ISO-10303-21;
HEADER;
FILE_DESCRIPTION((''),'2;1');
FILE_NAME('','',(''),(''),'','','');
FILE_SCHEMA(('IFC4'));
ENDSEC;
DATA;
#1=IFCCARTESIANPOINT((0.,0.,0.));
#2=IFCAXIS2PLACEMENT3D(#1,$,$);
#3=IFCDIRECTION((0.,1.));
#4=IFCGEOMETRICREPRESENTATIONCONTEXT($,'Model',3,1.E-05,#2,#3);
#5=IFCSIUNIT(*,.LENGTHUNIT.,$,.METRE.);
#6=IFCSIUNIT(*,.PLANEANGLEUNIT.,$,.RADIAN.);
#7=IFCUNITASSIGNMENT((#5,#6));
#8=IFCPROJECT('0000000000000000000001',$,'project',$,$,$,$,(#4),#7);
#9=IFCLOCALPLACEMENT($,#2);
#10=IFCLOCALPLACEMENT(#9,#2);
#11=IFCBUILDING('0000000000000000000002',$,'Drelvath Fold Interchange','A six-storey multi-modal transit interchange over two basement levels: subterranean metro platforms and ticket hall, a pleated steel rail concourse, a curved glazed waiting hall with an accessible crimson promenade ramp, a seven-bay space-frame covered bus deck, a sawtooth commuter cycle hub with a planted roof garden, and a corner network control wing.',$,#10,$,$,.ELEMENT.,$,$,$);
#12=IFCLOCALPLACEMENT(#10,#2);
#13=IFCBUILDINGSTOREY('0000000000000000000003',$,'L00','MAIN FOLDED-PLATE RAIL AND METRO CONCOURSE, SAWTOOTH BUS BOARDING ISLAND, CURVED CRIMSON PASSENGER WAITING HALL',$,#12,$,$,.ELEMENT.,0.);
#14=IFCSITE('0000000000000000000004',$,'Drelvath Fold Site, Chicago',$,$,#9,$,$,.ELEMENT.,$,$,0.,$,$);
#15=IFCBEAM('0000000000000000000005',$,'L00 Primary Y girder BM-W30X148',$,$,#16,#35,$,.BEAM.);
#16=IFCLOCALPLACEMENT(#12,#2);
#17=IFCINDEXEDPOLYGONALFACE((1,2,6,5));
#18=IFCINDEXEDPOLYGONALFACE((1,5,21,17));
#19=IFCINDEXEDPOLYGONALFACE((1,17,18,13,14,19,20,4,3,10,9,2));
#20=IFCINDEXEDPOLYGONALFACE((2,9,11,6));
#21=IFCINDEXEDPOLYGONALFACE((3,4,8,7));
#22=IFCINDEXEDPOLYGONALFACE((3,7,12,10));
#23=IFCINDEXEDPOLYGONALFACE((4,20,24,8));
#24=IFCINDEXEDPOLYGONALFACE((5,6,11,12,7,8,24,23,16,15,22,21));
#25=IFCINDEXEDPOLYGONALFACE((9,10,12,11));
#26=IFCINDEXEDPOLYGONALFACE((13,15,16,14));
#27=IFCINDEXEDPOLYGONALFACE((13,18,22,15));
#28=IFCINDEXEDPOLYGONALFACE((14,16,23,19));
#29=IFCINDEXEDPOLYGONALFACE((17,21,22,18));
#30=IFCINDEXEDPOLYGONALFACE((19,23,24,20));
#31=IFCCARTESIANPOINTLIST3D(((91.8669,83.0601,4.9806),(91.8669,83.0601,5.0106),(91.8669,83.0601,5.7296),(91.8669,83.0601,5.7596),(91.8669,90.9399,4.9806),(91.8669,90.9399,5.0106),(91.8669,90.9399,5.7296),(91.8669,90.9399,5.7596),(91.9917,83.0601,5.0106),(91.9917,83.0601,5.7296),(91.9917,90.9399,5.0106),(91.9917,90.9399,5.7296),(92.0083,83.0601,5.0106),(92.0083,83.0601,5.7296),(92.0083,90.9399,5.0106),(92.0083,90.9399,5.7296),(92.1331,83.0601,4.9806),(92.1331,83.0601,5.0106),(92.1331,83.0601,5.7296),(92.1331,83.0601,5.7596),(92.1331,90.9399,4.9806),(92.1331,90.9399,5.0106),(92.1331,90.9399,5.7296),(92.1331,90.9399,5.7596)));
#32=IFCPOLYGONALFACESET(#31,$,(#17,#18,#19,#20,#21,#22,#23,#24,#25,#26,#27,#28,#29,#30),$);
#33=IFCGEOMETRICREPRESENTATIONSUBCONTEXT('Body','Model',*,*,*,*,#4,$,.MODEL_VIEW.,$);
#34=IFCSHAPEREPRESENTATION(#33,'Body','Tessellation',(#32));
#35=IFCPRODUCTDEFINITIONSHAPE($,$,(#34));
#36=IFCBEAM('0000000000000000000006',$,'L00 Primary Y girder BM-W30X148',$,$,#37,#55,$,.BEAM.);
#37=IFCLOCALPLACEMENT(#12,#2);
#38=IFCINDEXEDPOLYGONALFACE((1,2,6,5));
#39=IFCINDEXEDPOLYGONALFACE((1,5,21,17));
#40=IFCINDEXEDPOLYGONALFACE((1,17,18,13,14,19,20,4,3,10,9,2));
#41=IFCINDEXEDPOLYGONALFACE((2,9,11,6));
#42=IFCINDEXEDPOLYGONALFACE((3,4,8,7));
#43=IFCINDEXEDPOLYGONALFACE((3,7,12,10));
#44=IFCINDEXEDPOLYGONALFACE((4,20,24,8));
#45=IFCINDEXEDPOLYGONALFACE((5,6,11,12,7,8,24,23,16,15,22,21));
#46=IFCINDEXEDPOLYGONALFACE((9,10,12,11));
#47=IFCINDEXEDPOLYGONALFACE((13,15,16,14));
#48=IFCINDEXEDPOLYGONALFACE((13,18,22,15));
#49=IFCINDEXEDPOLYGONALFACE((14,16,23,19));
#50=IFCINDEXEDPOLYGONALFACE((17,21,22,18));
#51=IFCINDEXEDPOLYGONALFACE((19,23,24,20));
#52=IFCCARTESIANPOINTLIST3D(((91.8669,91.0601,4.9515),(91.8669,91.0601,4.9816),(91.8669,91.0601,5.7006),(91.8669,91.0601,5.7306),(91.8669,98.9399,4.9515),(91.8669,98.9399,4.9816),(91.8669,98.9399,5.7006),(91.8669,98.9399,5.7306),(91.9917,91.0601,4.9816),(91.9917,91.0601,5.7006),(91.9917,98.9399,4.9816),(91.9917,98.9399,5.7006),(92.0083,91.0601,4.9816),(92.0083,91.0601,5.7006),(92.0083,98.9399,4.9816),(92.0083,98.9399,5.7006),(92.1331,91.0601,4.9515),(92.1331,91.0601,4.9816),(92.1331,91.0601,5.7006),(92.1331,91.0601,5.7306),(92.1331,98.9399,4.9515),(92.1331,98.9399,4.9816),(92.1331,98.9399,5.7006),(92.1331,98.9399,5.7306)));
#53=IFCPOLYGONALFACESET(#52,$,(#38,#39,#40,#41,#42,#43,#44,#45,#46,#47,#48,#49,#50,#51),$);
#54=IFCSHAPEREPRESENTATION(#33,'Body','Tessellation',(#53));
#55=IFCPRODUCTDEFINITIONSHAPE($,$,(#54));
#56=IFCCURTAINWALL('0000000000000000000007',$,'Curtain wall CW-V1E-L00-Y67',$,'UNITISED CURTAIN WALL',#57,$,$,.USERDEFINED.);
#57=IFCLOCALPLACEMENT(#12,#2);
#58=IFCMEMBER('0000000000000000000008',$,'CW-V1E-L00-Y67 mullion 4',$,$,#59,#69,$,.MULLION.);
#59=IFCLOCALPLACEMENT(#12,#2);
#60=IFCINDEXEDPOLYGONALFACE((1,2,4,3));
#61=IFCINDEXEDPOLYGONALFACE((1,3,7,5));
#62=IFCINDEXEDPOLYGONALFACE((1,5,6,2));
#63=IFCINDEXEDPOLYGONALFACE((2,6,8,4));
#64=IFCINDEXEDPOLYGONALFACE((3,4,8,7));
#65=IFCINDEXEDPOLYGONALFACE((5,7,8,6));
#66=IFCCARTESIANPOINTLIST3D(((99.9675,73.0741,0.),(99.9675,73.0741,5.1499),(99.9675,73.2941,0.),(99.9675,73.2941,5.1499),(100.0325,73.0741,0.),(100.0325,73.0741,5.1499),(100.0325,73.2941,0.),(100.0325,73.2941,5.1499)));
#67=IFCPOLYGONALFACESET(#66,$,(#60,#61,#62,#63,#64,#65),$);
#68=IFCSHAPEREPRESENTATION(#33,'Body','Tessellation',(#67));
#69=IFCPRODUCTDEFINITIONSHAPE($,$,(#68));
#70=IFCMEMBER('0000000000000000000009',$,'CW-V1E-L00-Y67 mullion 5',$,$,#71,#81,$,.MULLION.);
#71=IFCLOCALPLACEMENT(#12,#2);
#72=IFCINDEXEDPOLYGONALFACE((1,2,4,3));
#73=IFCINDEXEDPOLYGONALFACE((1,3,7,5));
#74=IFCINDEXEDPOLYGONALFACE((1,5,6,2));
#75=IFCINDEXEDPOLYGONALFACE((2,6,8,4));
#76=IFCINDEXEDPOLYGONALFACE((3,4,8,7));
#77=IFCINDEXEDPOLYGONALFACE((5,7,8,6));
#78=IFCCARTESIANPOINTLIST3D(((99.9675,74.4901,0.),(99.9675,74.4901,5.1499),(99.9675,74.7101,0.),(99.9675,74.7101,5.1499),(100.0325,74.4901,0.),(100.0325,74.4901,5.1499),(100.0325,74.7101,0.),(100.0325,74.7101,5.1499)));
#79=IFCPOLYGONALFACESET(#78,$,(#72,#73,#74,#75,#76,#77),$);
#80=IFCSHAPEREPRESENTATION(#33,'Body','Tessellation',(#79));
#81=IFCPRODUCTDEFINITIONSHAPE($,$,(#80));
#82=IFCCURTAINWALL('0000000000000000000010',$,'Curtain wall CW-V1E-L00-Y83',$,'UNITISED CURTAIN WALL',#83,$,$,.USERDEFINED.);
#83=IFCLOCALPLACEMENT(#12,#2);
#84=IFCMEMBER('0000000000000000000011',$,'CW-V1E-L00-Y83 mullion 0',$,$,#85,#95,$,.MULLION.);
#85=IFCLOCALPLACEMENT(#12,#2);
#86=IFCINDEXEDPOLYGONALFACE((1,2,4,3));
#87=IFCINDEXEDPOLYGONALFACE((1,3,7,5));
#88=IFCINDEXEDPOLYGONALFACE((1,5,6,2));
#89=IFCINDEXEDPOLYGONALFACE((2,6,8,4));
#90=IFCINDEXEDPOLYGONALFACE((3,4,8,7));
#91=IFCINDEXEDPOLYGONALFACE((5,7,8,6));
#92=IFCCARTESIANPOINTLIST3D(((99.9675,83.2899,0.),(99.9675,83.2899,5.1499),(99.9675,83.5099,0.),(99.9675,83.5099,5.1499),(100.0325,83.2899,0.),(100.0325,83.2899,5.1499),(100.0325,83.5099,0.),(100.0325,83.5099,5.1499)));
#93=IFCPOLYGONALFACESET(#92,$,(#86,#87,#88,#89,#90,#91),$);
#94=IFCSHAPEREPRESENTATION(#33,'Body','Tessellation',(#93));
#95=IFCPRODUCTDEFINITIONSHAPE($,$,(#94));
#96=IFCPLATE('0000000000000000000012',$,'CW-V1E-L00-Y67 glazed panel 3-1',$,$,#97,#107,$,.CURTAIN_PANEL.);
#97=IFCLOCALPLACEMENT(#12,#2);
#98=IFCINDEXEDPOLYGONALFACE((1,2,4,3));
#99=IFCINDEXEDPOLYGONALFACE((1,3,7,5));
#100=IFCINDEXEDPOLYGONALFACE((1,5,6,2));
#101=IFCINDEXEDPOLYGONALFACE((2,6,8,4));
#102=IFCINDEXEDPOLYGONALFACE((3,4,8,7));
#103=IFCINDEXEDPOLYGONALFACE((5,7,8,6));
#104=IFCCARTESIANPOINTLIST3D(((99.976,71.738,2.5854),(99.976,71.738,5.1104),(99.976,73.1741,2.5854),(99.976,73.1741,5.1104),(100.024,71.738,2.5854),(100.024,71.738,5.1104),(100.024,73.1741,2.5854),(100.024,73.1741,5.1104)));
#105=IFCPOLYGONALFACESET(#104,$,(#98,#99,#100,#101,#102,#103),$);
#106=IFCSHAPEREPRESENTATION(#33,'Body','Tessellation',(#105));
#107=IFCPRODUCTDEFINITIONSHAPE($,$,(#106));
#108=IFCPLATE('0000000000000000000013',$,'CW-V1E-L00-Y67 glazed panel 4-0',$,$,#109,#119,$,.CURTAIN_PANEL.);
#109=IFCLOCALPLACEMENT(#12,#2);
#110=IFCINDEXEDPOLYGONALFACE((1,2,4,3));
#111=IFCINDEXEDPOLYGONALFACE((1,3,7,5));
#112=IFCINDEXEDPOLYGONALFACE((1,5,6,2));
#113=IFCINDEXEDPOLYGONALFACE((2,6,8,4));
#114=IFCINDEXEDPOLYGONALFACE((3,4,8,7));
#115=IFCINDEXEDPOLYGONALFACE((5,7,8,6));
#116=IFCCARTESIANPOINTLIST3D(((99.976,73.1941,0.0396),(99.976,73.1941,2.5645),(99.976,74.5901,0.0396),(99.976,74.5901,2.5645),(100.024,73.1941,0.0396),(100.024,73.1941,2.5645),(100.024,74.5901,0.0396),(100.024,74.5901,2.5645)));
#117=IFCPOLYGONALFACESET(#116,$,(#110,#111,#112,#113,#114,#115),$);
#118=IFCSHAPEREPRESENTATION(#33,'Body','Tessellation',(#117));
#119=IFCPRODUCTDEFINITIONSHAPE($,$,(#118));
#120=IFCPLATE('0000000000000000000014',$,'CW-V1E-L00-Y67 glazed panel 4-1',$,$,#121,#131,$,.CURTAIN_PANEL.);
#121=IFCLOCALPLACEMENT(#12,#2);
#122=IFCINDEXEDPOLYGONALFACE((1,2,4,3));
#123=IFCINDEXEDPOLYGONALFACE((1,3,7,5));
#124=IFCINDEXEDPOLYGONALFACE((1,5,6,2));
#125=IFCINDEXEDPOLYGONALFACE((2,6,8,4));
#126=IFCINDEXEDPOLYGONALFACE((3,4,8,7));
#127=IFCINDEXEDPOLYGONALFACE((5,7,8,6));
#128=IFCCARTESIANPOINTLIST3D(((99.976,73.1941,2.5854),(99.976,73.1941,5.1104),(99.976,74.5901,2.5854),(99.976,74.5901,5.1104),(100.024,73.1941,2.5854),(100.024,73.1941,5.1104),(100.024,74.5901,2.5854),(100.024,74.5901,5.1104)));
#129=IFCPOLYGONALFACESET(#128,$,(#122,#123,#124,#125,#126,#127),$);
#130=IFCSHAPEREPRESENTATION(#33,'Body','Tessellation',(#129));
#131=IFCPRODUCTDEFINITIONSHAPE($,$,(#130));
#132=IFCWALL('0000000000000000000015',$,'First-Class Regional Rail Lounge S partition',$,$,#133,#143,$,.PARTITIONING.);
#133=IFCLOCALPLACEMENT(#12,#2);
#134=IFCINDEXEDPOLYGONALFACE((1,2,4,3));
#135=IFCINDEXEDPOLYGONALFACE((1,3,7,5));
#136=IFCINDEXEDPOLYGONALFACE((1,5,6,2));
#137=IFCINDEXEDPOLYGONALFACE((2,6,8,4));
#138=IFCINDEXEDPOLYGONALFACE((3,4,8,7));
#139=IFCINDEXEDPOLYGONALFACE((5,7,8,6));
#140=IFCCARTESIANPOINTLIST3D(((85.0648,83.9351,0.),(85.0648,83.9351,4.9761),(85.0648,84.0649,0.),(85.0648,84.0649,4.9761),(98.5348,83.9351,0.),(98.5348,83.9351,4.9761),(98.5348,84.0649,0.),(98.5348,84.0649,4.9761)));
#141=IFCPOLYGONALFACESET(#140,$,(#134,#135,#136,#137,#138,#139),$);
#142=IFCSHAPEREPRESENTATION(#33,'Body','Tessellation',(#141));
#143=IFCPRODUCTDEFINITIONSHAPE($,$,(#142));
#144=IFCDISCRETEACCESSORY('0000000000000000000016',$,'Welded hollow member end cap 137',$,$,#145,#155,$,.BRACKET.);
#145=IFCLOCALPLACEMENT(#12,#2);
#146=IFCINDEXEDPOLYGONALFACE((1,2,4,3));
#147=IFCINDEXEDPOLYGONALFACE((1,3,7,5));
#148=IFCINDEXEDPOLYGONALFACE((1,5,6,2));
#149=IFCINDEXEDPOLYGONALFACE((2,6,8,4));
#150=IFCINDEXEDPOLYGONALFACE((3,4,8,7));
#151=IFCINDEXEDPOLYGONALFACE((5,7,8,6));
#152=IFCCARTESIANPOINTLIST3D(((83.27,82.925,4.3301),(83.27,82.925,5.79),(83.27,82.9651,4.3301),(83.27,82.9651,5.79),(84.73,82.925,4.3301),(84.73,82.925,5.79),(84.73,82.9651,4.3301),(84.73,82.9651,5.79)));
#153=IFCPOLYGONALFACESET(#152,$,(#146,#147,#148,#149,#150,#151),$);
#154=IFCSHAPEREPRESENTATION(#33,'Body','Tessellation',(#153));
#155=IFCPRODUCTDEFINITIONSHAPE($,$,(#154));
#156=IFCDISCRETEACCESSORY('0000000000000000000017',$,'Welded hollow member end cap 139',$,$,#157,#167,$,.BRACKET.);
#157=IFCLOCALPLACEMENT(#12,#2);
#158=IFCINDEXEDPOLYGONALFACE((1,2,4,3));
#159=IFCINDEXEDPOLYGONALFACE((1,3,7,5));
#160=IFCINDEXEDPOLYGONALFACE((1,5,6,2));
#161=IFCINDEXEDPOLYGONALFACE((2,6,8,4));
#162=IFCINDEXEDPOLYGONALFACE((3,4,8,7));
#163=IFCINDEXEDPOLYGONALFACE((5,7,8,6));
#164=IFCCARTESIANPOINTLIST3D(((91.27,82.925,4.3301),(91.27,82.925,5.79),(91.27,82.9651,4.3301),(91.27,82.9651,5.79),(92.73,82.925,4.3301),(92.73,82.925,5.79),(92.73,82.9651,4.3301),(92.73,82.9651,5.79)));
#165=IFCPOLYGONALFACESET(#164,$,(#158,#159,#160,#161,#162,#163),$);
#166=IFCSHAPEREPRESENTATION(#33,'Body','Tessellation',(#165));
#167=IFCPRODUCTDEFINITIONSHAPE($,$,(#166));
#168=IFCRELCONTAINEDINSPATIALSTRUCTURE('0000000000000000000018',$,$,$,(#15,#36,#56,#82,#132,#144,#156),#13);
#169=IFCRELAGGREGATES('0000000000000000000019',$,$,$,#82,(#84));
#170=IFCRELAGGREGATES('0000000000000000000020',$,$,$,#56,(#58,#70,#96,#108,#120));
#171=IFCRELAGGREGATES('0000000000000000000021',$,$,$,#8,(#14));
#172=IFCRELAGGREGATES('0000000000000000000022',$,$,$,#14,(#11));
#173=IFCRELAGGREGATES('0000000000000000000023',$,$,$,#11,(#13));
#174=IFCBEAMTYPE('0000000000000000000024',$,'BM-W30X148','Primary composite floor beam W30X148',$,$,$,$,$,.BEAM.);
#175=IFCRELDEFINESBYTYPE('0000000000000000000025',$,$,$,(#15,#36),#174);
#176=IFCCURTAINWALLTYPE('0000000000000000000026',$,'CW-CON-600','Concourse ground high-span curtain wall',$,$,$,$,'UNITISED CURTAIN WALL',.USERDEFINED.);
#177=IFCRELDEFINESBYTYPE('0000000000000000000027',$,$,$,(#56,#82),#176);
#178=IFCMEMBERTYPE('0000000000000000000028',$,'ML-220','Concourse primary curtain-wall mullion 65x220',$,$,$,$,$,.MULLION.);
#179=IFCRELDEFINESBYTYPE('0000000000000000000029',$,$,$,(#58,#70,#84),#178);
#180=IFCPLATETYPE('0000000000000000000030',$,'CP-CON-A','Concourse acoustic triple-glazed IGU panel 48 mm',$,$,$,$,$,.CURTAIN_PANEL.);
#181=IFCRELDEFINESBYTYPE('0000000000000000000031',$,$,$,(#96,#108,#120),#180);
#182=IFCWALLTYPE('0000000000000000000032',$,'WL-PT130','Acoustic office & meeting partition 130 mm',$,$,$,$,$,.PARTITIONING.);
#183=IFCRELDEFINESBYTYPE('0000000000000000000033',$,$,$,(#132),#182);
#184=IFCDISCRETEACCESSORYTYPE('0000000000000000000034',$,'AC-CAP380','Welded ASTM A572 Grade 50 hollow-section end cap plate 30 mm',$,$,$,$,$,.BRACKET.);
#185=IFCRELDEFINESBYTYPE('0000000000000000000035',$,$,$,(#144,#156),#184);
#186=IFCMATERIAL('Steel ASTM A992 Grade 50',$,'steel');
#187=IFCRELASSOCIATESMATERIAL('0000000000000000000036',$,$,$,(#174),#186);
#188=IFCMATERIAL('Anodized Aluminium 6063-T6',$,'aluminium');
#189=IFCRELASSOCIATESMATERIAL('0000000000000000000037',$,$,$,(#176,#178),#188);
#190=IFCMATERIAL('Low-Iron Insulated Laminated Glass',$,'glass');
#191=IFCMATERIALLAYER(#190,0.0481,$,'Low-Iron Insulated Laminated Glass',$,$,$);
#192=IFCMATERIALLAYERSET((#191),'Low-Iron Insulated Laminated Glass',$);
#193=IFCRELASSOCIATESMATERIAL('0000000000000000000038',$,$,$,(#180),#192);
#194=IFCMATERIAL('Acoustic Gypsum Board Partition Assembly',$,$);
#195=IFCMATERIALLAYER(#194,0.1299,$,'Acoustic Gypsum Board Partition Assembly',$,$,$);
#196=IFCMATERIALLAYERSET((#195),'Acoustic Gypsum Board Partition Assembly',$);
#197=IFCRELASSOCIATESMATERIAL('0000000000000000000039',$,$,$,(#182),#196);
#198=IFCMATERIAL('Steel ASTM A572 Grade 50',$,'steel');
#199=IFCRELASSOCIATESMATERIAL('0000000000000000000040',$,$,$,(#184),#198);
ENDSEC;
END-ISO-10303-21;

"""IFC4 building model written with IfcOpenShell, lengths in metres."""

from ifc_helpers import new_model, si_unit, direction, frame, frame_2d, origin, origin_2d, place, context, subcontext, project, spatial, rectangle, i_section, extrude, material, layer, layer_set, material_profile, profile_set, type_object, element, aggregate, save


model = new_model("IFC4")

# Units and contexts
model_context = context("Model", 3, precision=1e-05, world=origin(), true_north=direction((0.0, 1.0)))
body_context = subcontext(model_context, "Body", "Model", "MODEL_VIEW")
ifc_project = project(units=[si_unit("LENGTHUNIT", "METRE"), si_unit("PLANEANGLEUNIT", "RADIAN")], contexts=[model_context])

# Site, building, storey
site_placement = place(None, origin())
site = spatial("IfcSite", under=ifc_project, at=site_placement, Name="Drelvath Fold Site, Chicago", CompositionType="ELEMENT", RefElevation=0.0)
building_placement = place(site_placement, origin())
building = spatial("IfcBuilding", under=site, at=building_placement, Name="Drelvath Fold Interchange", Description="A six-storey multi-modal transit interchange over two basement levels: subterranean metro platforms and ticket hall, a pleated steel rail concourse, a curved glazed waiting hall with an accessible crimson promenade ramp, a seven-bay space-frame covered bus deck, a sawtooth commuter cycle hub with a planted roof garden, and a corner network control wing.", CompositionType="ELEMENT")
storey_placement = place(building_placement, origin())
storey = spatial("IfcBuildingStorey", under=building, at=storey_placement, Name="L00", Description="MAIN FOLDED-PLATE RAIL AND METRO CONCOURSE, SAWTOOTH BUS BOARDING ISLAND, CURVED CRIMSON PASSENGER WAITING HALL", CompositionType="ELEMENT", Elevation=0.0)

# Beams
ifc_material_1 = material(Name="Steel ASTM A992 Grade 50", Category="steel")
ifc_material_profile_1 = material_profile(ifc_material_1, i_section(OverallWidth=0.2661, OverallDepth=0.7791, WebThickness=0.0166, FlangeThickness=0.03, at=origin_2d()), Name="W30X148")
ifc_profile_set_1 = profile_set([ifc_material_profile_1], Name="Steel ASTM A992 Grade 50")
beam_type_1 = type_object("IfcBeamType", Name="BM-W30X148", Description="Primary composite floor beam W30X148", PredefinedType="BEAM", material=ifc_profile_set_1)
for number, where, z_axis, x_axis, name in (
    (1, (92.0, 83.0601, 5.3701), (0.0, 1.0, 0.0), (-1.0, 0.0, 0.0), "L00 Primary Y girder BM-W30X148"),
    (2, (92.0, 91.0601, 5.3411), (0.0, 1.0, 0.0), (-1.0, 0.0, 0.0), "L00 Primary Y girder BM-W30X148"),
):
    element("IfcBeam", number, at=place(storey_placement, frame(where, z_axis=z_axis, x_axis=x_axis)), inside=storey, type_object=beam_type_1, Name=name, PredefinedType="BEAM", context=body_context, shape_type="SweptSolid", body=[
        extrude(i_section(OverallWidth=0.2661, OverallDepth=0.7791, WebThickness=0.0166, FlangeThickness=0.03, at=origin_2d()), origin(), (0.0, 0.0, 1.0), 7.8799),
    ])

# Curtain wall, members
ifc_material_2 = material(Name="Anodized Aluminium 6063-T6", Category="aluminium")
curtain_wall_type = type_object("IfcCurtainWallType", Name="CW-CON-600", Description="Concourse ground high-span curtain wall", ElementType="UNITISED CURTAIN WALL", PredefinedType="USERDEFINED", material=ifc_material_2)
curtain_wall_1_placement = place(storey_placement, origin())
curtain_wall_1 = element("IfcCurtainWall", 3, at=curtain_wall_1_placement, inside=storey, type_object=curtain_wall_type, Name="Curtain wall CW-V1E-L00-Y67", ObjectType="UNITISED CURTAIN WALL", PredefinedType="USERDEFINED")
ifc_material_profile_2 = material_profile(ifc_material_2, rectangle(XDim=0.0649, YDim=0.22, at=origin_2d()), Name="AL-M 65x220")
ifc_profile_set_2 = profile_set([ifc_material_profile_2], Name="Anodized Aluminium 6063-T6")
member_type = type_object("IfcMemberType", Name="ML-220", Description="Concourse primary curtain-wall mullion 65x220", PredefinedType="MULLION", material=ifc_profile_set_2)
member_1_placement = place(storey_placement, frame((100.0, 73.1841, 0.0), z_axis=(0.0, 0.0, 1.0), x_axis=(1.0, 0.0, 0.0)))
member_1 = element("IfcMember", 4, at=member_1_placement, type_object=member_type, Name="CW-V1E-L00-Y67 mullion 4", PredefinedType="MULLION", context=body_context, shape_type="SweptSolid", body=[
    extrude(rectangle(XDim=0.0649, YDim=0.22, at=origin_2d()), origin(), (0.0, 0.0, 1.0), 5.1499),
])
member_2_placement = place(storey_placement, frame((100.0, 74.6001, 0.0), z_axis=(0.0, 0.0, 1.0), x_axis=(1.0, 0.0, 0.0)))
member_2 = element("IfcMember", 5, at=member_2_placement, type_object=member_type, Name="CW-V1E-L00-Y67 mullion 5", PredefinedType="MULLION", context=body_context, shape_type="SweptSolid", body=[
    extrude(rectangle(XDim=0.0649, YDim=0.22, at=origin_2d()), origin(), (0.0, 0.0, 1.0), 5.1499),
])

# Curtain wall, member
curtain_wall_2_placement = place(storey_placement, origin())
curtain_wall_2 = element("IfcCurtainWall", 6, at=curtain_wall_2_placement, inside=storey, type_object=curtain_wall_type, Name="Curtain wall CW-V1E-L00-Y83", ObjectType="UNITISED CURTAIN WALL", PredefinedType="USERDEFINED")
member_3_placement = place(storey_placement, frame((100.0, 83.3999, 0.0), z_axis=(0.0, 0.0, 1.0), x_axis=(1.0, 0.0, 0.0)))
member_3 = element("IfcMember", 7, at=member_3_placement, type_object=member_type, Name="CW-V1E-L00-Y83 mullion 0", PredefinedType="MULLION", context=body_context, shape_type="SweptSolid", body=[
    extrude(rectangle(XDim=0.0649, YDim=0.22, at=origin_2d()), origin(), (0.0, 0.0, 1.0), 5.1499),
])
aggregate(curtain_wall_2, [member_3])

# Plates
ifc_material_3 = material(Name="Low-Iron Insulated Laminated Glass", Category="glass")
ifc_layer_1 = layer(ifc_material_3, 0.0481, Name="Low-Iron Insulated Laminated Glass")
ifc_layer_set_1 = layer_set([ifc_layer_1], Name="Low-Iron Insulated Laminated Glass")
plate_type = type_object("IfcPlateType", Name="CP-CON-A", Description="Concourse acoustic triple-glazed IGU panel 48 mm", PredefinedType="CURTAIN_PANEL", material=ifc_layer_set_1)
plate_1_placement = place(storey_placement, frame((100.0, 72.4561, 2.5854), z_axis=(0.0, 0.0, 1.0), x_axis=(0.0, 1.0, 0.0)))
plate_1 = element("IfcPlate", 8, at=plate_1_placement, type_object=plate_type, Name="CW-V1E-L00-Y67 glazed panel 3-1", PredefinedType="CURTAIN_PANEL", context=body_context, shape_type="SweptSolid", body=[
    extrude(rectangle(XDim=1.436, YDim=0.0481, at=origin_2d()), origin(), (0.0, 0.0, 1.0), 2.5249),
])
plate_2_placement = place(storey_placement, frame((100.0, 73.8921, 0.0396), z_axis=(0.0, 0.0, 1.0), x_axis=(0.0, 1.0, 0.0)))
plate_2 = element("IfcPlate", 9, at=plate_2_placement, type_object=plate_type, Name="CW-V1E-L00-Y67 glazed panel 4-0", PredefinedType="CURTAIN_PANEL", context=body_context, shape_type="SweptSolid", body=[
    extrude(rectangle(XDim=1.396, YDim=0.0481, at=origin_2d()), origin(), (0.0, 0.0, 1.0), 2.5249),
])
plate_3_placement = place(storey_placement, frame((100.0, 73.8921, 2.5854), z_axis=(0.0, 0.0, 1.0), x_axis=(0.0, 1.0, 0.0)))
plate_3 = element("IfcPlate", 10, at=plate_3_placement, type_object=plate_type, Name="CW-V1E-L00-Y67 glazed panel 4-1", PredefinedType="CURTAIN_PANEL", context=body_context, shape_type="SweptSolid", body=[
    extrude(rectangle(XDim=1.396, YDim=0.0481, at=origin_2d()), origin(), (0.0, 0.0, 1.0), 2.5249),
])
aggregate(curtain_wall_1, [member_1, member_2, plate_1, plate_2, plate_3])

# Wall
ifc_material_4 = material(Name="Acoustic Gypsum Board Partition Assembly")
ifc_layer_2 = layer(ifc_material_4, 0.1299, Name="Acoustic Gypsum Board Partition Assembly")
ifc_layer_set_2 = layer_set([ifc_layer_2], Name="Acoustic Gypsum Board Partition Assembly")
wall_type_1 = type_object("IfcWallType", Name="WL-PT130", Description="Acoustic office & meeting partition 130 mm", PredefinedType="PARTITIONING", material=ifc_layer_set_2)
wall_1_placement = place(storey_placement, frame((85.0649, 84.0, 0.0), z_axis=(0.0, 0.0, 1.0), x_axis=(1.0, 0.0, 0.0)))
element("IfcWall", 11, at=wall_1_placement, inside=storey, type_object=wall_type_1, Name="First-Class Regional Rail Lounge S partition", PredefinedType="PARTITIONING", context=body_context, shape_type="SweptSolid", body=[
    extrude(rectangle(XDim=13.47, YDim=0.1299, at=frame_2d((6.7349, 0.0))), origin(), (0.0, 0.0, 1.0), 4.9761),
])

# Discrete accessories
ifc_material_5 = material(Name="Steel ASTM A572 Grade 50", Category="steel")
discrete_accessory_type = type_object("IfcDiscreteAccessoryType", Name="AC-CAP380", Description="Welded ASTM A572 Grade 50 hollow-section end cap plate 30 mm", PredefinedType="BRACKET", material=ifc_material_5)
for number, where, z_axis, x_axis, name in (
    (12, (84.0, 82.9451, 4.3301), (0.0, 0.0, 1.0), (1.0, 0.0, 0.0), "Welded hollow member end cap 137"),
    (13, (92.0, 82.9451, 4.3301), (0.0, 0.0, 1.0), (1.0, 0.0, 0.0), "Welded hollow member end cap 139"),
):
    element("IfcDiscreteAccessory", number, at=place(storey_placement, frame(where, z_axis=z_axis, x_axis=x_axis)), inside=storey, type_object=discrete_accessory_type, Name=name, PredefinedType="BRACKET", context=body_context, shape_type="SweptSolid", body=[
        extrude(rectangle(XDim=1.46, YDim=0.04, at=origin_2d()), origin(), (0.0, 0.0, 1.0), 1.46),
    ])

save(model, "model.ifc")
